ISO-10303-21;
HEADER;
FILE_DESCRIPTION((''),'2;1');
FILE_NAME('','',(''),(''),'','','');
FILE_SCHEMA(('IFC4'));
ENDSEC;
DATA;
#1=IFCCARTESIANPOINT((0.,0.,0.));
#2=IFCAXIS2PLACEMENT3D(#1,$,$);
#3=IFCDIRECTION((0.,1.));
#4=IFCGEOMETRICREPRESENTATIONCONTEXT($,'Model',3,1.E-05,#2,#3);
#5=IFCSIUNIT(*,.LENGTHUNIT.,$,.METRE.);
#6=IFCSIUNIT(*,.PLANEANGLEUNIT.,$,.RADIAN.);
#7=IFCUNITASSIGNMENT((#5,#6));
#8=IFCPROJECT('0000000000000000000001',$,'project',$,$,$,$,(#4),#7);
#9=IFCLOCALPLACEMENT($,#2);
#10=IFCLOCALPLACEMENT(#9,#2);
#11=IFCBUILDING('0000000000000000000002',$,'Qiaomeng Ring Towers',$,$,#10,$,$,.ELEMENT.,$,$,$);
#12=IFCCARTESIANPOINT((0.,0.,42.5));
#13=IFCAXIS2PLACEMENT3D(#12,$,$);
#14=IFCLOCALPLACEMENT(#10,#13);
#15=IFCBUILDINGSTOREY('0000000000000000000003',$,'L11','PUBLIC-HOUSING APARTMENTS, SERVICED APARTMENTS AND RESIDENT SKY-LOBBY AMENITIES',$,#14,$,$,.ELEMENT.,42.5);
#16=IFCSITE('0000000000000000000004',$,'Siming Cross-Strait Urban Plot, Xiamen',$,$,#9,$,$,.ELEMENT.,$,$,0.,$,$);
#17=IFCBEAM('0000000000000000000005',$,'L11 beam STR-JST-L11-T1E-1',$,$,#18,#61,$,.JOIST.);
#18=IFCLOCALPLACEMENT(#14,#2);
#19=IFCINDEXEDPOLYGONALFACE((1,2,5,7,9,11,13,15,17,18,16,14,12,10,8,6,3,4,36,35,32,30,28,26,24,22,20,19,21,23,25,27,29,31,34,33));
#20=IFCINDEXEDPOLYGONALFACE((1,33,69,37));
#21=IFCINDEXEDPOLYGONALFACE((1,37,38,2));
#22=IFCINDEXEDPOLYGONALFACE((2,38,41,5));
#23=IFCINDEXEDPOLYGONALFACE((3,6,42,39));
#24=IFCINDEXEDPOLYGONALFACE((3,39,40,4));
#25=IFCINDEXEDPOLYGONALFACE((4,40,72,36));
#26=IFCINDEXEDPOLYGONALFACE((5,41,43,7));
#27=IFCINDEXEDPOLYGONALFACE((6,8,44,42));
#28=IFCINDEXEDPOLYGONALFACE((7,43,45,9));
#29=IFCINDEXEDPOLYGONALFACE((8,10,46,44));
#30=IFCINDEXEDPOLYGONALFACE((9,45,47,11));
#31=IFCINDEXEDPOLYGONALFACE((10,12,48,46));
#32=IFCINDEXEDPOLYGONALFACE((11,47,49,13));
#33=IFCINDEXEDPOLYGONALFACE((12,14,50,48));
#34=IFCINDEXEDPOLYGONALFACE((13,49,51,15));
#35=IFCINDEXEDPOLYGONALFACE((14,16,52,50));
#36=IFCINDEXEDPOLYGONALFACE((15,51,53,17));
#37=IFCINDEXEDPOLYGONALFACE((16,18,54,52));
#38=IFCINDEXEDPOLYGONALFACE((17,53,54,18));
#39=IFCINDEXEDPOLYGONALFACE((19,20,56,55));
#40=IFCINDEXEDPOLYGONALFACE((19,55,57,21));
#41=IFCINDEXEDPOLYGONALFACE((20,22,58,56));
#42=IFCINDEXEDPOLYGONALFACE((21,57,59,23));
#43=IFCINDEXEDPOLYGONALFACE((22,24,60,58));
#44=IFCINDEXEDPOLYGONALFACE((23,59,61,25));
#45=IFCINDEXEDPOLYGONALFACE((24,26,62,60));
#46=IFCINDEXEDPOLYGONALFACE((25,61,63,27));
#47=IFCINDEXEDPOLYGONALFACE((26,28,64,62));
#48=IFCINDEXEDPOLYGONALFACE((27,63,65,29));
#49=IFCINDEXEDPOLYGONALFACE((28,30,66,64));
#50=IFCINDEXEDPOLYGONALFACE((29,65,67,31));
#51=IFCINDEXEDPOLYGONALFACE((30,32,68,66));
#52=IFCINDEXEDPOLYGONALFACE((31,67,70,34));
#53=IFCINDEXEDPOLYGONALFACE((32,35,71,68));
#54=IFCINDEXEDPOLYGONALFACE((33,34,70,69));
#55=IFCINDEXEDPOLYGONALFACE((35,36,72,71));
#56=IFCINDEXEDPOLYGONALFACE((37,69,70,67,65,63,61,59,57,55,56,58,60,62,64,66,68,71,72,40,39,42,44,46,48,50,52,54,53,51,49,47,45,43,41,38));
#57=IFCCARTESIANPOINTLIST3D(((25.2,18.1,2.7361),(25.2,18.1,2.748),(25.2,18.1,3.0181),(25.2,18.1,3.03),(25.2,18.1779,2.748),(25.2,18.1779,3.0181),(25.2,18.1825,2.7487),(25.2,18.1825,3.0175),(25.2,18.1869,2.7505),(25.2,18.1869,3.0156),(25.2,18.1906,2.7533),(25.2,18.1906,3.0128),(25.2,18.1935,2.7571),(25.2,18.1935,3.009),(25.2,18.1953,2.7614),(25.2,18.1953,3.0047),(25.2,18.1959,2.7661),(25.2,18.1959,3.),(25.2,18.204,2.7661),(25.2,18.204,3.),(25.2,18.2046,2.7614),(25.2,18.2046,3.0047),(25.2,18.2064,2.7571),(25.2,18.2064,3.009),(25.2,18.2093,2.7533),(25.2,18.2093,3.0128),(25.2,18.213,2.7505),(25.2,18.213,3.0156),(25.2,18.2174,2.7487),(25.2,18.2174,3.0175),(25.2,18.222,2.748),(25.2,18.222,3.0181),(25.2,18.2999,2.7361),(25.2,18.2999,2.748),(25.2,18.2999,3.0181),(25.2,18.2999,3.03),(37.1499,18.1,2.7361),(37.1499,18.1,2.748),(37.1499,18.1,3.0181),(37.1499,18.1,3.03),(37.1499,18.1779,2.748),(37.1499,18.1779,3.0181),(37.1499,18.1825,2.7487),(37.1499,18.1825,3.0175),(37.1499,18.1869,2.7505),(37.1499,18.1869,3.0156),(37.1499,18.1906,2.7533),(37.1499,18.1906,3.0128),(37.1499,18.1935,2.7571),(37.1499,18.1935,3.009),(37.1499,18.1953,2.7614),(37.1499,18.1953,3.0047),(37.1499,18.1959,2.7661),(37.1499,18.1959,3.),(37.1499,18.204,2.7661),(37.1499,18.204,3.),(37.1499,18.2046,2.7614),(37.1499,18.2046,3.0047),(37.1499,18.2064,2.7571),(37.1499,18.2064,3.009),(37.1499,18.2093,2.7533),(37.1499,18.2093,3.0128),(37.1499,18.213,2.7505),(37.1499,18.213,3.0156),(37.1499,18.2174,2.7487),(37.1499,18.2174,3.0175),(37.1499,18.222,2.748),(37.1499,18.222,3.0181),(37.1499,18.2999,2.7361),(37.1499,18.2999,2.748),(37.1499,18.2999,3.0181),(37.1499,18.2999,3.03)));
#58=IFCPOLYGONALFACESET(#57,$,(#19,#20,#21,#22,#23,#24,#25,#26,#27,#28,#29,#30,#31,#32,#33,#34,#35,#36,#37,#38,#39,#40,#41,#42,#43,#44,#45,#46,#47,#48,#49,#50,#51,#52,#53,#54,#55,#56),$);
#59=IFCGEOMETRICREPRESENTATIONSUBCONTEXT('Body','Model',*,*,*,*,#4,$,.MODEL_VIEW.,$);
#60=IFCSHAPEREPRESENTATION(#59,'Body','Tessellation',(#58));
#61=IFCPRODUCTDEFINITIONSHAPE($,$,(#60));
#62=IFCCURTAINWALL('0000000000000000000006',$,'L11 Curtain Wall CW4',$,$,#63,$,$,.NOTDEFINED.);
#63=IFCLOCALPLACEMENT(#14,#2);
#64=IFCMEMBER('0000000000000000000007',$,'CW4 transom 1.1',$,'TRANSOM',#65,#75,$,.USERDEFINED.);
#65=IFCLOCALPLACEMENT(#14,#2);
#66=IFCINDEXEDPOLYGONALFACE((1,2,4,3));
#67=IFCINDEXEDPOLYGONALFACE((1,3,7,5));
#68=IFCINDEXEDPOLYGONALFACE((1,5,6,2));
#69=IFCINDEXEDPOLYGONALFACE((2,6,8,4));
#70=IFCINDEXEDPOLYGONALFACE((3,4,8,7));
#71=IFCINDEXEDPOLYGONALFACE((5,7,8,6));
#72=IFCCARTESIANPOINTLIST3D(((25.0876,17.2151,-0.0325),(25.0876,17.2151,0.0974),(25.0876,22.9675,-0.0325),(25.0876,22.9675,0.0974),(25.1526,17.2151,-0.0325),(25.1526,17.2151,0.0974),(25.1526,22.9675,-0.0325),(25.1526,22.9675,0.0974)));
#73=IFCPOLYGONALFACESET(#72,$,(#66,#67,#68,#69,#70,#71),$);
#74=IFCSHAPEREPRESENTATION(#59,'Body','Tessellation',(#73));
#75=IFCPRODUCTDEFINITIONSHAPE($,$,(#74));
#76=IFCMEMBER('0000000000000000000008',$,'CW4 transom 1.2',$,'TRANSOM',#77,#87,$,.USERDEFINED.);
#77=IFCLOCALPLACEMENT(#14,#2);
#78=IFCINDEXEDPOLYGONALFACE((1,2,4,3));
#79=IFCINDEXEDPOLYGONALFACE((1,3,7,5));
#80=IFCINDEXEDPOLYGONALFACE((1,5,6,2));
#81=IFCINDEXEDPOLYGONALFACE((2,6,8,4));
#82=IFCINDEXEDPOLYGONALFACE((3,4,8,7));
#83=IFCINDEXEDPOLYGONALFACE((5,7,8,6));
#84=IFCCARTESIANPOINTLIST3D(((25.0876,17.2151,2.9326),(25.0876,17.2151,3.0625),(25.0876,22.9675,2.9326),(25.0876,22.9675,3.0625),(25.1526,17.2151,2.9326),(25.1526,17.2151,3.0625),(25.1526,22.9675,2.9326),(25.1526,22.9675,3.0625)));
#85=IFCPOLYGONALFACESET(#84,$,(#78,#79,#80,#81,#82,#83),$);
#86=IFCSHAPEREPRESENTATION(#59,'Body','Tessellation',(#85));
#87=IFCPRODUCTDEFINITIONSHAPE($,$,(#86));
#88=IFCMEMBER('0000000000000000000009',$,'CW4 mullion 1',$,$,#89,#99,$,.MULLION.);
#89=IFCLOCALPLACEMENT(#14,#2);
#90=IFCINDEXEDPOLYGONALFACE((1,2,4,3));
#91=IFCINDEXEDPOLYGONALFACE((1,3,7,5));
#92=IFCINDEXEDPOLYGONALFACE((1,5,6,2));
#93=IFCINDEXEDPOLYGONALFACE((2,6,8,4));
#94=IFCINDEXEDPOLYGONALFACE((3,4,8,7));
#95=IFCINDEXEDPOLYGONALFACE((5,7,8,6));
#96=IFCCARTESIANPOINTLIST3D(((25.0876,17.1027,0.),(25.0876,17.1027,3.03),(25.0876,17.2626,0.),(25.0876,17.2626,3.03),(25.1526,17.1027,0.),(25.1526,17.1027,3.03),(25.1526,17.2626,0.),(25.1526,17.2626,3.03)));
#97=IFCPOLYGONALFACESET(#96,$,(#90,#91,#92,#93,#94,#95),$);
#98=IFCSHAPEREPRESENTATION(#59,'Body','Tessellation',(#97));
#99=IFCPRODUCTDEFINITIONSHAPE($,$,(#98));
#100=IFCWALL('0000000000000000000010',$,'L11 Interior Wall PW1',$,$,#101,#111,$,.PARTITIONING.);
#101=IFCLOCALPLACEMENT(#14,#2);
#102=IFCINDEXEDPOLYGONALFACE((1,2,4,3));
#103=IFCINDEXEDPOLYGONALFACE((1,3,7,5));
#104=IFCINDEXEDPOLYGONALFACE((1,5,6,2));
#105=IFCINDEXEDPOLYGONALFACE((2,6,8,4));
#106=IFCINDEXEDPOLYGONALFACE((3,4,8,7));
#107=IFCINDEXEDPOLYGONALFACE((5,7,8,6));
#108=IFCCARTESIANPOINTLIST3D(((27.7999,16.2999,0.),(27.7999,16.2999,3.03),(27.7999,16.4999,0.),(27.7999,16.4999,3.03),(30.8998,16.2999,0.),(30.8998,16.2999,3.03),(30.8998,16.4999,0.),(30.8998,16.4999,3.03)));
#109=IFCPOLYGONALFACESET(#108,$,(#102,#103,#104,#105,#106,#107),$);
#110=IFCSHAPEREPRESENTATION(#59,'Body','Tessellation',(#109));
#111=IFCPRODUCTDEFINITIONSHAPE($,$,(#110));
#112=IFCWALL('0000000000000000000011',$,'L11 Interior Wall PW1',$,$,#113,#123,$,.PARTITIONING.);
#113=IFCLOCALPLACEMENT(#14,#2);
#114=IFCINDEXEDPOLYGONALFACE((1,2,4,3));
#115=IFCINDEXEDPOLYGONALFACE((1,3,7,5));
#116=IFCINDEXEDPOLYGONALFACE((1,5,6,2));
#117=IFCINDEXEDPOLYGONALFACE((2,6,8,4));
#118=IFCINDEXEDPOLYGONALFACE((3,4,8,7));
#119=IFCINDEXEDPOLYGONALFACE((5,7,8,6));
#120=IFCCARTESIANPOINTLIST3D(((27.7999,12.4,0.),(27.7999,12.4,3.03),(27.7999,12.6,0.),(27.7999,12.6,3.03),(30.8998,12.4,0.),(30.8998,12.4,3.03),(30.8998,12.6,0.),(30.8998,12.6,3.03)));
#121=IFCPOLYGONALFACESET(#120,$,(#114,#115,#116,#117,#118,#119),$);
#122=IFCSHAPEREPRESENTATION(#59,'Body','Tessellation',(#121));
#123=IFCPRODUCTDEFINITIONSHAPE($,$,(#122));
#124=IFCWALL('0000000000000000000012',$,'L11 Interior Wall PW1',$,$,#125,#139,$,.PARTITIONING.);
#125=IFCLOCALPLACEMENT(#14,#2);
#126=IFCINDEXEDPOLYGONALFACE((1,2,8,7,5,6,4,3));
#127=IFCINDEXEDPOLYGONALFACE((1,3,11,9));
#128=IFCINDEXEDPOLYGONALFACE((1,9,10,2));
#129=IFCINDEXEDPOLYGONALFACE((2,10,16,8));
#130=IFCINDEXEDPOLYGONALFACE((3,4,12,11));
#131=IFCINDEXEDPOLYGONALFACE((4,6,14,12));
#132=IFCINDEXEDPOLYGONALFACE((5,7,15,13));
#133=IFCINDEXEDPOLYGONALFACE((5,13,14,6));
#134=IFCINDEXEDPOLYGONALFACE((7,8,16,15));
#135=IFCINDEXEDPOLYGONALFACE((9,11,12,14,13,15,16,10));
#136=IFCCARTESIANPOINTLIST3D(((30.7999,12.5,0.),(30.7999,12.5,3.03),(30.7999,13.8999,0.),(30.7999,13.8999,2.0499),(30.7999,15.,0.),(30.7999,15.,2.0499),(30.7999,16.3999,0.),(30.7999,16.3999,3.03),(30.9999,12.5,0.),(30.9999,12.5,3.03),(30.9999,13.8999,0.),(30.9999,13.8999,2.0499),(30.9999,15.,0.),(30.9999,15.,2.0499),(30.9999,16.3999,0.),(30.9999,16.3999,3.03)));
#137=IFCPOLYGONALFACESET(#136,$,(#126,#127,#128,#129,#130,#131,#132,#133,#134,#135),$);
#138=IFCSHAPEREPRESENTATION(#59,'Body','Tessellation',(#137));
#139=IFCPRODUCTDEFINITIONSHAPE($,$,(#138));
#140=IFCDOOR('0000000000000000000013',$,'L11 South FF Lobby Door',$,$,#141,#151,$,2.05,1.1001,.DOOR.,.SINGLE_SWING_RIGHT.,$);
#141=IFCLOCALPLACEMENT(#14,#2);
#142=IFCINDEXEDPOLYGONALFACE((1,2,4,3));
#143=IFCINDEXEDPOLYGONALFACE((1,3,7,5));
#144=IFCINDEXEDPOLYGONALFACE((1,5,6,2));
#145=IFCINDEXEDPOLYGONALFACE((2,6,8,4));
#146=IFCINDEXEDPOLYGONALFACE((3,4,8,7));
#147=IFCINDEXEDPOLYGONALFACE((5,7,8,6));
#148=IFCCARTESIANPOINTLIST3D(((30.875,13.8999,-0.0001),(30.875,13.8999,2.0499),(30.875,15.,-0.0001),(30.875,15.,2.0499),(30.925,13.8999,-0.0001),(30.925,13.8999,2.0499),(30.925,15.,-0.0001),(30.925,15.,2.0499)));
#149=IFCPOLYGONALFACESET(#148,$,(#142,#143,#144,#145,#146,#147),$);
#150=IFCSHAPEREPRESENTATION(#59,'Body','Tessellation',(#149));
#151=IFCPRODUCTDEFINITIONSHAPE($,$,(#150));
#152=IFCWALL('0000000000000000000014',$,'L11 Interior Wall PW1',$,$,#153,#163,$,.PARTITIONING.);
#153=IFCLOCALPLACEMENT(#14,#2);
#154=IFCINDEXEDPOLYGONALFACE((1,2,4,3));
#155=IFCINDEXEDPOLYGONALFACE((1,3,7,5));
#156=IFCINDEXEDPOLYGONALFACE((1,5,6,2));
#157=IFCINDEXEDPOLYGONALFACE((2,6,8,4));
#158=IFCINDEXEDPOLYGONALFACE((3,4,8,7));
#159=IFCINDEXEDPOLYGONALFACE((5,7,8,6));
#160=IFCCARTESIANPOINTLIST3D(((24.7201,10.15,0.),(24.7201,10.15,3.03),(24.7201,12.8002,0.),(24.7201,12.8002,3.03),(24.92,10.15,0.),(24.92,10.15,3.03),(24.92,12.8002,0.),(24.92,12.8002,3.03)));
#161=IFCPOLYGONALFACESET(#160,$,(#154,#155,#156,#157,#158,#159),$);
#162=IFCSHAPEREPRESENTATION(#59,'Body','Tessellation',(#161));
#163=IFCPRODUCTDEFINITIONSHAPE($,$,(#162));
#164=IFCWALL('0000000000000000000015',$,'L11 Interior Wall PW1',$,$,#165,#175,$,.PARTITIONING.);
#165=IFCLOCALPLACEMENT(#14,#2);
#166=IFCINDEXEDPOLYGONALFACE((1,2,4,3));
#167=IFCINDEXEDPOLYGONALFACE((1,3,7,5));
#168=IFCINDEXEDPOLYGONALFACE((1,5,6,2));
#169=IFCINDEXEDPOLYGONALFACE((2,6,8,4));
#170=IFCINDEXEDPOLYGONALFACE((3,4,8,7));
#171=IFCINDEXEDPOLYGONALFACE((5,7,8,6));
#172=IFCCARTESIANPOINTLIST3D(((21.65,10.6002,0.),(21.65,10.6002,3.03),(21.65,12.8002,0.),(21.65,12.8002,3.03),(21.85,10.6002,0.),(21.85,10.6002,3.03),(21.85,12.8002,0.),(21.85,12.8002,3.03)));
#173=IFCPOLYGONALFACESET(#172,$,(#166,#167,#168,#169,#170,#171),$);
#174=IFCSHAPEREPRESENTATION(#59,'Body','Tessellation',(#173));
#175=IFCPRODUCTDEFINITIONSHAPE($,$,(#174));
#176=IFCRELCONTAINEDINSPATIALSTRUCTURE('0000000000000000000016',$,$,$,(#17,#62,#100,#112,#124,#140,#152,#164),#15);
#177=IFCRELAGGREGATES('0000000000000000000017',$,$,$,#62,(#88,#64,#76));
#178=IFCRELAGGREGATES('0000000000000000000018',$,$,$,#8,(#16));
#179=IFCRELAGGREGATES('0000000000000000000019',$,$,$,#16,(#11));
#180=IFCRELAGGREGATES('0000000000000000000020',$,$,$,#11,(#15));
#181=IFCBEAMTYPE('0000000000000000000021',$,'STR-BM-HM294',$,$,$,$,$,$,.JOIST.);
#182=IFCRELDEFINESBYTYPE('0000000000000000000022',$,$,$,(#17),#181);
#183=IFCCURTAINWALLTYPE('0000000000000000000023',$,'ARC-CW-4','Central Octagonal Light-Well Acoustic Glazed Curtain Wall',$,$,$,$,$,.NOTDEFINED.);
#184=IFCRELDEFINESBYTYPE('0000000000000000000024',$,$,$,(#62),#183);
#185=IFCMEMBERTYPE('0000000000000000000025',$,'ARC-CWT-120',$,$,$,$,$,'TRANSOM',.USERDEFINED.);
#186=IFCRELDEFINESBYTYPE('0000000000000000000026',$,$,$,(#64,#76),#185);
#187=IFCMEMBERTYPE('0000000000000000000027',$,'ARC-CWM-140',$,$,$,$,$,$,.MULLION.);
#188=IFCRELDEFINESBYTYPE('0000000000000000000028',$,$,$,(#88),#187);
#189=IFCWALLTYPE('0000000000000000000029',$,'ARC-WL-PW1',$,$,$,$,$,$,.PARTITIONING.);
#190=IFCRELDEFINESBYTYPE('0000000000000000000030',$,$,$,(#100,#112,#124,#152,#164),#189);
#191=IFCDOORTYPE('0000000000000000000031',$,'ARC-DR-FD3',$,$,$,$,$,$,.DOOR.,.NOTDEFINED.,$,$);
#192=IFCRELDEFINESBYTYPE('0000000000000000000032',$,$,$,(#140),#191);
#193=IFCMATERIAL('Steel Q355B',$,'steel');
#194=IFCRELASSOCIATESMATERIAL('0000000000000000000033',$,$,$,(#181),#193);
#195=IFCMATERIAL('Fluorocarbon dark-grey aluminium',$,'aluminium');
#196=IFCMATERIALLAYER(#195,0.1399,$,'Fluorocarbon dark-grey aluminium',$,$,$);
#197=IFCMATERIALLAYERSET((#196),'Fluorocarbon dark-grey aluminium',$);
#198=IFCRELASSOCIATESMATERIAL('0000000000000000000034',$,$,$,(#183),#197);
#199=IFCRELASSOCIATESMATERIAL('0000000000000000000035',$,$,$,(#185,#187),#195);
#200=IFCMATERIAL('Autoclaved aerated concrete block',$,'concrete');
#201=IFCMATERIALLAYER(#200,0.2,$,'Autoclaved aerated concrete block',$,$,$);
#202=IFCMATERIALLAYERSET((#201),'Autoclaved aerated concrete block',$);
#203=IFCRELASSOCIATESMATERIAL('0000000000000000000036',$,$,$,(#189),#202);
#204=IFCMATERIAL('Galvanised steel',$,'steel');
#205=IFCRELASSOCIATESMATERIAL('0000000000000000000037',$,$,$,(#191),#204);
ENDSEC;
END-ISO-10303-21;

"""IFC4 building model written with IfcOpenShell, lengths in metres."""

from ifc_helpers import new_model, si_unit, direction, frame, frame_2d, origin, origin_2d, place, context, subcontext, project, spatial, rectangle, i_section, extrude, source, transform, mapped, material, layer, layer_set, material_profile, profile_set, type_object, element, fill, aggregate, save


model = new_model("IFC4")

# Units and contexts
model_context = context("Model", 3, precision=1e-05, world=origin(), true_north=direction((0.0, 1.0)))
body_context = subcontext(model_context, "Body", "Model", "MODEL_VIEW")
ifc_project = project(units=[si_unit("LENGTHUNIT", "METRE"), si_unit("PLANEANGLEUNIT", "RADIAN")], contexts=[model_context])

# Site, building, storey
site_placement = place(None, origin())
site = spatial("IfcSite", under=ifc_project, at=site_placement, Name="Siming Cross-Strait Urban Plot, Xiamen", CompositionType="ELEMENT", RefElevation=0.0)
building_placement = place(site_placement, origin())
building = spatial("IfcBuilding", under=site, at=building_placement, Name="Qiaomeng Ring Towers", CompositionType="ELEMENT")
storey_placement = place(building_placement, frame((0.0, 0.0, 42.5)))
storey = spatial("IfcBuildingStorey", under=building, at=storey_placement, Name="L11", Description="PUBLIC-HOUSING APARTMENTS, SERVICED APARTMENTS AND RESIDENT SKY-LOBBY AMENITIES", CompositionType="ELEMENT", Elevation=42.5)

# Beam
ifc_material_1 = material(Name="Steel Q355B", Category="steel")
ifc_material_profile_1 = material_profile(ifc_material_1, i_section(OverallWidth=0.2, OverallDepth=0.2939, WebThickness=0.0081, FlangeThickness=0.012, FilletRadius=0.0181, at=origin_2d()), Name="HM 294x200x8x12")
ifc_profile_set_1 = profile_set([ifc_material_profile_1], Name="Steel Q355B")
beam_type_1 = type_object("IfcBeamType", Name="STR-BM-HM294", PredefinedType="JOIST", material=ifc_profile_set_1)
shared_shape_1 = source(origin(), body_context, "Body", "SweptSolid", [
    extrude(i_section(OverallWidth=0.2, OverallDepth=0.2939, WebThickness=0.0081, FlangeThickness=0.012, FilletRadius=0.0181, at=origin_2d()), origin(), (0.0, 0.0, 1.0), 11.95),
])
beam_1_placement = place(storey_placement, frame((25.2, 18.2, 2.8831), z_axis=(1.0, 0.0, 0.0), x_axis=(0.0, 1.0, 0.0)))
element("IfcBeam", 1, at=beam_1_placement, inside=storey, type_object=beam_type_1, Name="L11 beam STR-JST-L11-T1E-1", PredefinedType="JOIST", context=body_context, shape_type="MappedRepresentation", body=[
    mapped(shared_shape_1, transform((0.0, 0.0, 0.0), x_axis=(1.0, 0.0, 0.0), y_axis=(0.0, 1.0, 0.0), z_axis=(0.0, 0.0, 1.0), scale=1.0)),
])

# Curtain wall, members
ifc_material_2 = material(Name="Fluorocarbon dark-grey aluminium", Category="aluminium")
ifc_layer_1 = layer(ifc_material_2, 0.1399, Name="Fluorocarbon dark-grey aluminium")
ifc_layer_set_1 = layer_set([ifc_layer_1], Name="Fluorocarbon dark-grey aluminium")
curtain_wall_type = type_object("IfcCurtainWallType", Name="ARC-CW-4", Description="Central Octagonal Light-Well Acoustic Glazed Curtain Wall", PredefinedType="NOTDEFINED", material=ifc_layer_set_1)
curtain_wall_placement = place(storey_placement, origin())
curtain_wall = element("IfcCurtainWall", 2, at=curtain_wall_placement, inside=storey, type_object=curtain_wall_type, Name="L11 Curtain Wall CW4", PredefinedType="NOTDEFINED")
ifc_material_profile_2 = material_profile(ifc_material_2, rectangle(XDim=0.0649, YDim=0.1299, at=origin_2d()), Name="ALU TRAN 65x130")
ifc_profile_set_2 = profile_set([ifc_material_profile_2], Name="Fluorocarbon dark-grey aluminium")
member_type_1 = type_object("IfcMemberType", Name="ARC-CWT-120", ElementType="TRANSOM", PredefinedType="USERDEFINED", material=ifc_profile_set_2)
shared_shape_2 = source(origin(), body_context, "Body", "SweptSolid", [
    extrude(rectangle(XDim=0.0649, YDim=0.1299, at=origin_2d()), origin(), (0.0, 0.0, 1.0), 5.7524),
])
member_1_placement = place(storey_placement, frame((25.1201, 17.2151, 0.0325), z_axis=(0.0, 1.0, 0.0), x_axis=(-1.0, 0.0, 0.0)))
member_1 = element("IfcMember", 3, at=member_1_placement, type_object=member_type_1, Name="CW4 transom 1.1", ObjectType="TRANSOM", PredefinedType="USERDEFINED", context=body_context, shape_type="MappedRepresentation", body=[
    mapped(shared_shape_2, transform((0.0, 0.0, 0.0), x_axis=(1.0, 0.0, 0.0), y_axis=(0.0, 1.0, 0.0), z_axis=(0.0, 0.0, 1.0), scale=1.0)),
])
member_2_placement = place(storey_placement, frame((25.1201, 17.2151, 2.9976), z_axis=(0.0, 1.0, 0.0), x_axis=(-1.0, 0.0, 0.0)))
member_2 = element("IfcMember", 4, at=member_2_placement, type_object=member_type_1, Name="CW4 transom 1.2", ObjectType="TRANSOM", PredefinedType="USERDEFINED", context=body_context, shape_type="MappedRepresentation", body=[
    mapped(shared_shape_2, transform((0.0, 0.0, 0.0), x_axis=(1.0, 0.0, 0.0), y_axis=(0.0, 1.0, 0.0), z_axis=(0.0, 0.0, 1.0), scale=1.0)),
])
ifc_material_profile_3 = material_profile(ifc_material_2, rectangle(XDim=0.0649, YDim=0.1599, at=origin_2d()), Name="ALU MULL 65x160")
ifc_profile_set_3 = profile_set([ifc_material_profile_3], Name="Fluorocarbon dark-grey aluminium")
member_type_2 = type_object("IfcMemberType", Name="ARC-CWM-140", PredefinedType="MULLION", material=ifc_profile_set_3)
shared_shape_3 = source(origin(), body_context, "Body", "SweptSolid", [
    extrude(rectangle(XDim=0.0649, YDim=0.1599, at=origin_2d()), origin(), (0.0, 0.0, 1.0), 3.03),
])
member_3_placement = place(storey_placement, frame((25.1201, 17.1826, 0.0), z_axis=(0.0, 0.0, 1.0), x_axis=(-1.0, 0.0, 0.0)))
member_3 = element("IfcMember", 5, at=member_3_placement, type_object=member_type_2, Name="CW4 mullion 1", PredefinedType="MULLION", context=body_context, shape_type="MappedRepresentation", body=[
    mapped(shared_shape_3, transform((0.0, 0.0, 0.0), x_axis=(1.0, 0.0, 0.0), y_axis=(0.0, 1.0, 0.0), z_axis=(0.0, 0.0, 1.0), scale=1.0)),
])
aggregate(curtain_wall, [member_3, member_1, member_2])

# Walls
ifc_material_3 = material(Name="Autoclaved aerated concrete block", Category="concrete")
ifc_layer_2 = layer(ifc_material_3, 0.2, Name="Autoclaved aerated concrete block")
ifc_layer_set_2 = layer_set([ifc_layer_2], Name="Autoclaved aerated concrete block")
wall_type_1 = type_object("IfcWallType", Name="ARC-WL-PW1", PredefinedType="PARTITIONING", material=ifc_layer_set_2)
for number, where, z_axis, x_axis, name in (
    (6, (27.8, 16.3999, 0.0), (0.0, 0.0, 1.0), (1.0, 0.0, 0.0), "L11 Interior Wall PW1"),
    (7, (27.8, 12.5, 0.0), (0.0, 0.0, 1.0), (1.0, 0.0, 0.0), "L11 Interior Wall PW1"),
):
    element("IfcWall", number, at=place(storey_placement, frame(where, z_axis=z_axis, x_axis=x_axis)), inside=storey, type_object=wall_type_1, Name=name, PredefinedType="PARTITIONING", context=body_context, shape_type="SweptSolid", body=[
        extrude(rectangle(XDim=3.0999, YDim=0.2, at=frame_2d((1.5498, 0.0))), origin(), (0.0, 0.0, 1.0), 3.03),
    ])

# Wall, opening, door
wall_1_placement = place(storey_placement, frame((30.8999, 12.5, 0.0), z_axis=(0.0, 0.0, 1.0), x_axis=(0.0, 1.0, 0.0)))
wall_1 = element("IfcWall", 8, at=wall_1_placement, inside=storey, type_object=wall_type_1, Name="L11 Interior Wall PW1", PredefinedType="PARTITIONING", context=body_context, shape_type="SweptSolid", body=[
    extrude(rectangle(XDim=3.8999, YDim=0.2, at=frame_2d((1.95, 0.0))), origin(), (0.0, 0.0, 1.0), 3.03),
])
opening_1_placement = place(wall_1_placement, frame((1.3999, 0.0, 0.0)))
opening_1 = element("IfcOpeningElement", 9, at=opening_1_placement, cuts=wall_1, PredefinedType="OPENING", context=body_context, shape_type="SweptSolid", body=[
    extrude(rectangle(XDim=1.1001, YDim=2.05, at=frame_2d((0.55, 1.0249))), frame((0.0, 0.1099, 0.0), z_axis=(0.0, -1.0, 0.0), x_axis=(1.0, 0.0, 0.0)), (0.0, 0.0, 1.0), 0.22),
])
ifc_material_4 = material(Name="Galvanised steel", Category="steel")
door_type_1 = type_object("IfcDoorType", Name="ARC-DR-FD3", OperationType="NOTDEFINED", PredefinedType="DOOR", material=ifc_material_4)
shared_shape_4 = source(origin(), body_context, "Body", "SweptSolid", [
    extrude(rectangle(XDim=1.1001, YDim=2.05, at=frame_2d((0.55, 1.0249))), frame((0.0, 0.0249, 0.0), z_axis=(0.0, -1.0, 0.0), x_axis=(1.0, 0.0, 0.0)), (0.0, 0.0, 1.0), 0.05),
])
door_1_placement = place(opening_1_placement, origin())
door_1 = element("IfcDoor", 10, at=door_1_placement, inside=storey, type_object=door_type_1, Name="L11 South FF Lobby Door", OperationType="SINGLE_SWING_RIGHT", OverallHeight=2.05, OverallWidth=1.1001, PredefinedType="DOOR", context=body_context, shape_type="MappedRepresentation", body=[
    mapped(shared_shape_4, transform((0.0, 0.0, 0.0), x_axis=(1.0, 0.0, 0.0), y_axis=(0.0, 1.0, 0.0), z_axis=(0.0, 0.0, 1.0), scale=1.0)),
])
fill(opening_1, door_1)

# Walls
wall_2_placement = place(storey_placement, frame((24.8201, 10.1499, 0.0), z_axis=(0.0, 0.0, 1.0), x_axis=(0.0, 1.0, 0.0)))
element("IfcWall", 11, at=wall_2_placement, inside=storey, type_object=wall_type_1, Name="L11 Interior Wall PW1", PredefinedType="PARTITIONING", context=body_context, shape_type="SweptSolid", body=[
    extrude(rectangle(XDim=2.6501, YDim=0.2, at=frame_2d((1.3252, 0.0))), origin(), (0.0, 0.0, 1.0), 3.03),
])
wall_3_placement = place(storey_placement, frame((21.75, 10.6001, 0.0), z_axis=(0.0, 0.0, 1.0), x_axis=(0.0, 1.0, 0.0)))
element("IfcWall", 12, at=wall_3_placement, inside=storey, type_object=wall_type_1, Name="L11 Interior Wall PW1", PredefinedType="PARTITIONING", context=body_context, shape_type="SweptSolid", body=[
    extrude(rectangle(XDim=2.2, YDim=0.2, at=frame_2d((1.1001, 0.0))), origin(), (0.0, 0.0, 1.0), 3.03),
])

save(model, "model.ifc")
